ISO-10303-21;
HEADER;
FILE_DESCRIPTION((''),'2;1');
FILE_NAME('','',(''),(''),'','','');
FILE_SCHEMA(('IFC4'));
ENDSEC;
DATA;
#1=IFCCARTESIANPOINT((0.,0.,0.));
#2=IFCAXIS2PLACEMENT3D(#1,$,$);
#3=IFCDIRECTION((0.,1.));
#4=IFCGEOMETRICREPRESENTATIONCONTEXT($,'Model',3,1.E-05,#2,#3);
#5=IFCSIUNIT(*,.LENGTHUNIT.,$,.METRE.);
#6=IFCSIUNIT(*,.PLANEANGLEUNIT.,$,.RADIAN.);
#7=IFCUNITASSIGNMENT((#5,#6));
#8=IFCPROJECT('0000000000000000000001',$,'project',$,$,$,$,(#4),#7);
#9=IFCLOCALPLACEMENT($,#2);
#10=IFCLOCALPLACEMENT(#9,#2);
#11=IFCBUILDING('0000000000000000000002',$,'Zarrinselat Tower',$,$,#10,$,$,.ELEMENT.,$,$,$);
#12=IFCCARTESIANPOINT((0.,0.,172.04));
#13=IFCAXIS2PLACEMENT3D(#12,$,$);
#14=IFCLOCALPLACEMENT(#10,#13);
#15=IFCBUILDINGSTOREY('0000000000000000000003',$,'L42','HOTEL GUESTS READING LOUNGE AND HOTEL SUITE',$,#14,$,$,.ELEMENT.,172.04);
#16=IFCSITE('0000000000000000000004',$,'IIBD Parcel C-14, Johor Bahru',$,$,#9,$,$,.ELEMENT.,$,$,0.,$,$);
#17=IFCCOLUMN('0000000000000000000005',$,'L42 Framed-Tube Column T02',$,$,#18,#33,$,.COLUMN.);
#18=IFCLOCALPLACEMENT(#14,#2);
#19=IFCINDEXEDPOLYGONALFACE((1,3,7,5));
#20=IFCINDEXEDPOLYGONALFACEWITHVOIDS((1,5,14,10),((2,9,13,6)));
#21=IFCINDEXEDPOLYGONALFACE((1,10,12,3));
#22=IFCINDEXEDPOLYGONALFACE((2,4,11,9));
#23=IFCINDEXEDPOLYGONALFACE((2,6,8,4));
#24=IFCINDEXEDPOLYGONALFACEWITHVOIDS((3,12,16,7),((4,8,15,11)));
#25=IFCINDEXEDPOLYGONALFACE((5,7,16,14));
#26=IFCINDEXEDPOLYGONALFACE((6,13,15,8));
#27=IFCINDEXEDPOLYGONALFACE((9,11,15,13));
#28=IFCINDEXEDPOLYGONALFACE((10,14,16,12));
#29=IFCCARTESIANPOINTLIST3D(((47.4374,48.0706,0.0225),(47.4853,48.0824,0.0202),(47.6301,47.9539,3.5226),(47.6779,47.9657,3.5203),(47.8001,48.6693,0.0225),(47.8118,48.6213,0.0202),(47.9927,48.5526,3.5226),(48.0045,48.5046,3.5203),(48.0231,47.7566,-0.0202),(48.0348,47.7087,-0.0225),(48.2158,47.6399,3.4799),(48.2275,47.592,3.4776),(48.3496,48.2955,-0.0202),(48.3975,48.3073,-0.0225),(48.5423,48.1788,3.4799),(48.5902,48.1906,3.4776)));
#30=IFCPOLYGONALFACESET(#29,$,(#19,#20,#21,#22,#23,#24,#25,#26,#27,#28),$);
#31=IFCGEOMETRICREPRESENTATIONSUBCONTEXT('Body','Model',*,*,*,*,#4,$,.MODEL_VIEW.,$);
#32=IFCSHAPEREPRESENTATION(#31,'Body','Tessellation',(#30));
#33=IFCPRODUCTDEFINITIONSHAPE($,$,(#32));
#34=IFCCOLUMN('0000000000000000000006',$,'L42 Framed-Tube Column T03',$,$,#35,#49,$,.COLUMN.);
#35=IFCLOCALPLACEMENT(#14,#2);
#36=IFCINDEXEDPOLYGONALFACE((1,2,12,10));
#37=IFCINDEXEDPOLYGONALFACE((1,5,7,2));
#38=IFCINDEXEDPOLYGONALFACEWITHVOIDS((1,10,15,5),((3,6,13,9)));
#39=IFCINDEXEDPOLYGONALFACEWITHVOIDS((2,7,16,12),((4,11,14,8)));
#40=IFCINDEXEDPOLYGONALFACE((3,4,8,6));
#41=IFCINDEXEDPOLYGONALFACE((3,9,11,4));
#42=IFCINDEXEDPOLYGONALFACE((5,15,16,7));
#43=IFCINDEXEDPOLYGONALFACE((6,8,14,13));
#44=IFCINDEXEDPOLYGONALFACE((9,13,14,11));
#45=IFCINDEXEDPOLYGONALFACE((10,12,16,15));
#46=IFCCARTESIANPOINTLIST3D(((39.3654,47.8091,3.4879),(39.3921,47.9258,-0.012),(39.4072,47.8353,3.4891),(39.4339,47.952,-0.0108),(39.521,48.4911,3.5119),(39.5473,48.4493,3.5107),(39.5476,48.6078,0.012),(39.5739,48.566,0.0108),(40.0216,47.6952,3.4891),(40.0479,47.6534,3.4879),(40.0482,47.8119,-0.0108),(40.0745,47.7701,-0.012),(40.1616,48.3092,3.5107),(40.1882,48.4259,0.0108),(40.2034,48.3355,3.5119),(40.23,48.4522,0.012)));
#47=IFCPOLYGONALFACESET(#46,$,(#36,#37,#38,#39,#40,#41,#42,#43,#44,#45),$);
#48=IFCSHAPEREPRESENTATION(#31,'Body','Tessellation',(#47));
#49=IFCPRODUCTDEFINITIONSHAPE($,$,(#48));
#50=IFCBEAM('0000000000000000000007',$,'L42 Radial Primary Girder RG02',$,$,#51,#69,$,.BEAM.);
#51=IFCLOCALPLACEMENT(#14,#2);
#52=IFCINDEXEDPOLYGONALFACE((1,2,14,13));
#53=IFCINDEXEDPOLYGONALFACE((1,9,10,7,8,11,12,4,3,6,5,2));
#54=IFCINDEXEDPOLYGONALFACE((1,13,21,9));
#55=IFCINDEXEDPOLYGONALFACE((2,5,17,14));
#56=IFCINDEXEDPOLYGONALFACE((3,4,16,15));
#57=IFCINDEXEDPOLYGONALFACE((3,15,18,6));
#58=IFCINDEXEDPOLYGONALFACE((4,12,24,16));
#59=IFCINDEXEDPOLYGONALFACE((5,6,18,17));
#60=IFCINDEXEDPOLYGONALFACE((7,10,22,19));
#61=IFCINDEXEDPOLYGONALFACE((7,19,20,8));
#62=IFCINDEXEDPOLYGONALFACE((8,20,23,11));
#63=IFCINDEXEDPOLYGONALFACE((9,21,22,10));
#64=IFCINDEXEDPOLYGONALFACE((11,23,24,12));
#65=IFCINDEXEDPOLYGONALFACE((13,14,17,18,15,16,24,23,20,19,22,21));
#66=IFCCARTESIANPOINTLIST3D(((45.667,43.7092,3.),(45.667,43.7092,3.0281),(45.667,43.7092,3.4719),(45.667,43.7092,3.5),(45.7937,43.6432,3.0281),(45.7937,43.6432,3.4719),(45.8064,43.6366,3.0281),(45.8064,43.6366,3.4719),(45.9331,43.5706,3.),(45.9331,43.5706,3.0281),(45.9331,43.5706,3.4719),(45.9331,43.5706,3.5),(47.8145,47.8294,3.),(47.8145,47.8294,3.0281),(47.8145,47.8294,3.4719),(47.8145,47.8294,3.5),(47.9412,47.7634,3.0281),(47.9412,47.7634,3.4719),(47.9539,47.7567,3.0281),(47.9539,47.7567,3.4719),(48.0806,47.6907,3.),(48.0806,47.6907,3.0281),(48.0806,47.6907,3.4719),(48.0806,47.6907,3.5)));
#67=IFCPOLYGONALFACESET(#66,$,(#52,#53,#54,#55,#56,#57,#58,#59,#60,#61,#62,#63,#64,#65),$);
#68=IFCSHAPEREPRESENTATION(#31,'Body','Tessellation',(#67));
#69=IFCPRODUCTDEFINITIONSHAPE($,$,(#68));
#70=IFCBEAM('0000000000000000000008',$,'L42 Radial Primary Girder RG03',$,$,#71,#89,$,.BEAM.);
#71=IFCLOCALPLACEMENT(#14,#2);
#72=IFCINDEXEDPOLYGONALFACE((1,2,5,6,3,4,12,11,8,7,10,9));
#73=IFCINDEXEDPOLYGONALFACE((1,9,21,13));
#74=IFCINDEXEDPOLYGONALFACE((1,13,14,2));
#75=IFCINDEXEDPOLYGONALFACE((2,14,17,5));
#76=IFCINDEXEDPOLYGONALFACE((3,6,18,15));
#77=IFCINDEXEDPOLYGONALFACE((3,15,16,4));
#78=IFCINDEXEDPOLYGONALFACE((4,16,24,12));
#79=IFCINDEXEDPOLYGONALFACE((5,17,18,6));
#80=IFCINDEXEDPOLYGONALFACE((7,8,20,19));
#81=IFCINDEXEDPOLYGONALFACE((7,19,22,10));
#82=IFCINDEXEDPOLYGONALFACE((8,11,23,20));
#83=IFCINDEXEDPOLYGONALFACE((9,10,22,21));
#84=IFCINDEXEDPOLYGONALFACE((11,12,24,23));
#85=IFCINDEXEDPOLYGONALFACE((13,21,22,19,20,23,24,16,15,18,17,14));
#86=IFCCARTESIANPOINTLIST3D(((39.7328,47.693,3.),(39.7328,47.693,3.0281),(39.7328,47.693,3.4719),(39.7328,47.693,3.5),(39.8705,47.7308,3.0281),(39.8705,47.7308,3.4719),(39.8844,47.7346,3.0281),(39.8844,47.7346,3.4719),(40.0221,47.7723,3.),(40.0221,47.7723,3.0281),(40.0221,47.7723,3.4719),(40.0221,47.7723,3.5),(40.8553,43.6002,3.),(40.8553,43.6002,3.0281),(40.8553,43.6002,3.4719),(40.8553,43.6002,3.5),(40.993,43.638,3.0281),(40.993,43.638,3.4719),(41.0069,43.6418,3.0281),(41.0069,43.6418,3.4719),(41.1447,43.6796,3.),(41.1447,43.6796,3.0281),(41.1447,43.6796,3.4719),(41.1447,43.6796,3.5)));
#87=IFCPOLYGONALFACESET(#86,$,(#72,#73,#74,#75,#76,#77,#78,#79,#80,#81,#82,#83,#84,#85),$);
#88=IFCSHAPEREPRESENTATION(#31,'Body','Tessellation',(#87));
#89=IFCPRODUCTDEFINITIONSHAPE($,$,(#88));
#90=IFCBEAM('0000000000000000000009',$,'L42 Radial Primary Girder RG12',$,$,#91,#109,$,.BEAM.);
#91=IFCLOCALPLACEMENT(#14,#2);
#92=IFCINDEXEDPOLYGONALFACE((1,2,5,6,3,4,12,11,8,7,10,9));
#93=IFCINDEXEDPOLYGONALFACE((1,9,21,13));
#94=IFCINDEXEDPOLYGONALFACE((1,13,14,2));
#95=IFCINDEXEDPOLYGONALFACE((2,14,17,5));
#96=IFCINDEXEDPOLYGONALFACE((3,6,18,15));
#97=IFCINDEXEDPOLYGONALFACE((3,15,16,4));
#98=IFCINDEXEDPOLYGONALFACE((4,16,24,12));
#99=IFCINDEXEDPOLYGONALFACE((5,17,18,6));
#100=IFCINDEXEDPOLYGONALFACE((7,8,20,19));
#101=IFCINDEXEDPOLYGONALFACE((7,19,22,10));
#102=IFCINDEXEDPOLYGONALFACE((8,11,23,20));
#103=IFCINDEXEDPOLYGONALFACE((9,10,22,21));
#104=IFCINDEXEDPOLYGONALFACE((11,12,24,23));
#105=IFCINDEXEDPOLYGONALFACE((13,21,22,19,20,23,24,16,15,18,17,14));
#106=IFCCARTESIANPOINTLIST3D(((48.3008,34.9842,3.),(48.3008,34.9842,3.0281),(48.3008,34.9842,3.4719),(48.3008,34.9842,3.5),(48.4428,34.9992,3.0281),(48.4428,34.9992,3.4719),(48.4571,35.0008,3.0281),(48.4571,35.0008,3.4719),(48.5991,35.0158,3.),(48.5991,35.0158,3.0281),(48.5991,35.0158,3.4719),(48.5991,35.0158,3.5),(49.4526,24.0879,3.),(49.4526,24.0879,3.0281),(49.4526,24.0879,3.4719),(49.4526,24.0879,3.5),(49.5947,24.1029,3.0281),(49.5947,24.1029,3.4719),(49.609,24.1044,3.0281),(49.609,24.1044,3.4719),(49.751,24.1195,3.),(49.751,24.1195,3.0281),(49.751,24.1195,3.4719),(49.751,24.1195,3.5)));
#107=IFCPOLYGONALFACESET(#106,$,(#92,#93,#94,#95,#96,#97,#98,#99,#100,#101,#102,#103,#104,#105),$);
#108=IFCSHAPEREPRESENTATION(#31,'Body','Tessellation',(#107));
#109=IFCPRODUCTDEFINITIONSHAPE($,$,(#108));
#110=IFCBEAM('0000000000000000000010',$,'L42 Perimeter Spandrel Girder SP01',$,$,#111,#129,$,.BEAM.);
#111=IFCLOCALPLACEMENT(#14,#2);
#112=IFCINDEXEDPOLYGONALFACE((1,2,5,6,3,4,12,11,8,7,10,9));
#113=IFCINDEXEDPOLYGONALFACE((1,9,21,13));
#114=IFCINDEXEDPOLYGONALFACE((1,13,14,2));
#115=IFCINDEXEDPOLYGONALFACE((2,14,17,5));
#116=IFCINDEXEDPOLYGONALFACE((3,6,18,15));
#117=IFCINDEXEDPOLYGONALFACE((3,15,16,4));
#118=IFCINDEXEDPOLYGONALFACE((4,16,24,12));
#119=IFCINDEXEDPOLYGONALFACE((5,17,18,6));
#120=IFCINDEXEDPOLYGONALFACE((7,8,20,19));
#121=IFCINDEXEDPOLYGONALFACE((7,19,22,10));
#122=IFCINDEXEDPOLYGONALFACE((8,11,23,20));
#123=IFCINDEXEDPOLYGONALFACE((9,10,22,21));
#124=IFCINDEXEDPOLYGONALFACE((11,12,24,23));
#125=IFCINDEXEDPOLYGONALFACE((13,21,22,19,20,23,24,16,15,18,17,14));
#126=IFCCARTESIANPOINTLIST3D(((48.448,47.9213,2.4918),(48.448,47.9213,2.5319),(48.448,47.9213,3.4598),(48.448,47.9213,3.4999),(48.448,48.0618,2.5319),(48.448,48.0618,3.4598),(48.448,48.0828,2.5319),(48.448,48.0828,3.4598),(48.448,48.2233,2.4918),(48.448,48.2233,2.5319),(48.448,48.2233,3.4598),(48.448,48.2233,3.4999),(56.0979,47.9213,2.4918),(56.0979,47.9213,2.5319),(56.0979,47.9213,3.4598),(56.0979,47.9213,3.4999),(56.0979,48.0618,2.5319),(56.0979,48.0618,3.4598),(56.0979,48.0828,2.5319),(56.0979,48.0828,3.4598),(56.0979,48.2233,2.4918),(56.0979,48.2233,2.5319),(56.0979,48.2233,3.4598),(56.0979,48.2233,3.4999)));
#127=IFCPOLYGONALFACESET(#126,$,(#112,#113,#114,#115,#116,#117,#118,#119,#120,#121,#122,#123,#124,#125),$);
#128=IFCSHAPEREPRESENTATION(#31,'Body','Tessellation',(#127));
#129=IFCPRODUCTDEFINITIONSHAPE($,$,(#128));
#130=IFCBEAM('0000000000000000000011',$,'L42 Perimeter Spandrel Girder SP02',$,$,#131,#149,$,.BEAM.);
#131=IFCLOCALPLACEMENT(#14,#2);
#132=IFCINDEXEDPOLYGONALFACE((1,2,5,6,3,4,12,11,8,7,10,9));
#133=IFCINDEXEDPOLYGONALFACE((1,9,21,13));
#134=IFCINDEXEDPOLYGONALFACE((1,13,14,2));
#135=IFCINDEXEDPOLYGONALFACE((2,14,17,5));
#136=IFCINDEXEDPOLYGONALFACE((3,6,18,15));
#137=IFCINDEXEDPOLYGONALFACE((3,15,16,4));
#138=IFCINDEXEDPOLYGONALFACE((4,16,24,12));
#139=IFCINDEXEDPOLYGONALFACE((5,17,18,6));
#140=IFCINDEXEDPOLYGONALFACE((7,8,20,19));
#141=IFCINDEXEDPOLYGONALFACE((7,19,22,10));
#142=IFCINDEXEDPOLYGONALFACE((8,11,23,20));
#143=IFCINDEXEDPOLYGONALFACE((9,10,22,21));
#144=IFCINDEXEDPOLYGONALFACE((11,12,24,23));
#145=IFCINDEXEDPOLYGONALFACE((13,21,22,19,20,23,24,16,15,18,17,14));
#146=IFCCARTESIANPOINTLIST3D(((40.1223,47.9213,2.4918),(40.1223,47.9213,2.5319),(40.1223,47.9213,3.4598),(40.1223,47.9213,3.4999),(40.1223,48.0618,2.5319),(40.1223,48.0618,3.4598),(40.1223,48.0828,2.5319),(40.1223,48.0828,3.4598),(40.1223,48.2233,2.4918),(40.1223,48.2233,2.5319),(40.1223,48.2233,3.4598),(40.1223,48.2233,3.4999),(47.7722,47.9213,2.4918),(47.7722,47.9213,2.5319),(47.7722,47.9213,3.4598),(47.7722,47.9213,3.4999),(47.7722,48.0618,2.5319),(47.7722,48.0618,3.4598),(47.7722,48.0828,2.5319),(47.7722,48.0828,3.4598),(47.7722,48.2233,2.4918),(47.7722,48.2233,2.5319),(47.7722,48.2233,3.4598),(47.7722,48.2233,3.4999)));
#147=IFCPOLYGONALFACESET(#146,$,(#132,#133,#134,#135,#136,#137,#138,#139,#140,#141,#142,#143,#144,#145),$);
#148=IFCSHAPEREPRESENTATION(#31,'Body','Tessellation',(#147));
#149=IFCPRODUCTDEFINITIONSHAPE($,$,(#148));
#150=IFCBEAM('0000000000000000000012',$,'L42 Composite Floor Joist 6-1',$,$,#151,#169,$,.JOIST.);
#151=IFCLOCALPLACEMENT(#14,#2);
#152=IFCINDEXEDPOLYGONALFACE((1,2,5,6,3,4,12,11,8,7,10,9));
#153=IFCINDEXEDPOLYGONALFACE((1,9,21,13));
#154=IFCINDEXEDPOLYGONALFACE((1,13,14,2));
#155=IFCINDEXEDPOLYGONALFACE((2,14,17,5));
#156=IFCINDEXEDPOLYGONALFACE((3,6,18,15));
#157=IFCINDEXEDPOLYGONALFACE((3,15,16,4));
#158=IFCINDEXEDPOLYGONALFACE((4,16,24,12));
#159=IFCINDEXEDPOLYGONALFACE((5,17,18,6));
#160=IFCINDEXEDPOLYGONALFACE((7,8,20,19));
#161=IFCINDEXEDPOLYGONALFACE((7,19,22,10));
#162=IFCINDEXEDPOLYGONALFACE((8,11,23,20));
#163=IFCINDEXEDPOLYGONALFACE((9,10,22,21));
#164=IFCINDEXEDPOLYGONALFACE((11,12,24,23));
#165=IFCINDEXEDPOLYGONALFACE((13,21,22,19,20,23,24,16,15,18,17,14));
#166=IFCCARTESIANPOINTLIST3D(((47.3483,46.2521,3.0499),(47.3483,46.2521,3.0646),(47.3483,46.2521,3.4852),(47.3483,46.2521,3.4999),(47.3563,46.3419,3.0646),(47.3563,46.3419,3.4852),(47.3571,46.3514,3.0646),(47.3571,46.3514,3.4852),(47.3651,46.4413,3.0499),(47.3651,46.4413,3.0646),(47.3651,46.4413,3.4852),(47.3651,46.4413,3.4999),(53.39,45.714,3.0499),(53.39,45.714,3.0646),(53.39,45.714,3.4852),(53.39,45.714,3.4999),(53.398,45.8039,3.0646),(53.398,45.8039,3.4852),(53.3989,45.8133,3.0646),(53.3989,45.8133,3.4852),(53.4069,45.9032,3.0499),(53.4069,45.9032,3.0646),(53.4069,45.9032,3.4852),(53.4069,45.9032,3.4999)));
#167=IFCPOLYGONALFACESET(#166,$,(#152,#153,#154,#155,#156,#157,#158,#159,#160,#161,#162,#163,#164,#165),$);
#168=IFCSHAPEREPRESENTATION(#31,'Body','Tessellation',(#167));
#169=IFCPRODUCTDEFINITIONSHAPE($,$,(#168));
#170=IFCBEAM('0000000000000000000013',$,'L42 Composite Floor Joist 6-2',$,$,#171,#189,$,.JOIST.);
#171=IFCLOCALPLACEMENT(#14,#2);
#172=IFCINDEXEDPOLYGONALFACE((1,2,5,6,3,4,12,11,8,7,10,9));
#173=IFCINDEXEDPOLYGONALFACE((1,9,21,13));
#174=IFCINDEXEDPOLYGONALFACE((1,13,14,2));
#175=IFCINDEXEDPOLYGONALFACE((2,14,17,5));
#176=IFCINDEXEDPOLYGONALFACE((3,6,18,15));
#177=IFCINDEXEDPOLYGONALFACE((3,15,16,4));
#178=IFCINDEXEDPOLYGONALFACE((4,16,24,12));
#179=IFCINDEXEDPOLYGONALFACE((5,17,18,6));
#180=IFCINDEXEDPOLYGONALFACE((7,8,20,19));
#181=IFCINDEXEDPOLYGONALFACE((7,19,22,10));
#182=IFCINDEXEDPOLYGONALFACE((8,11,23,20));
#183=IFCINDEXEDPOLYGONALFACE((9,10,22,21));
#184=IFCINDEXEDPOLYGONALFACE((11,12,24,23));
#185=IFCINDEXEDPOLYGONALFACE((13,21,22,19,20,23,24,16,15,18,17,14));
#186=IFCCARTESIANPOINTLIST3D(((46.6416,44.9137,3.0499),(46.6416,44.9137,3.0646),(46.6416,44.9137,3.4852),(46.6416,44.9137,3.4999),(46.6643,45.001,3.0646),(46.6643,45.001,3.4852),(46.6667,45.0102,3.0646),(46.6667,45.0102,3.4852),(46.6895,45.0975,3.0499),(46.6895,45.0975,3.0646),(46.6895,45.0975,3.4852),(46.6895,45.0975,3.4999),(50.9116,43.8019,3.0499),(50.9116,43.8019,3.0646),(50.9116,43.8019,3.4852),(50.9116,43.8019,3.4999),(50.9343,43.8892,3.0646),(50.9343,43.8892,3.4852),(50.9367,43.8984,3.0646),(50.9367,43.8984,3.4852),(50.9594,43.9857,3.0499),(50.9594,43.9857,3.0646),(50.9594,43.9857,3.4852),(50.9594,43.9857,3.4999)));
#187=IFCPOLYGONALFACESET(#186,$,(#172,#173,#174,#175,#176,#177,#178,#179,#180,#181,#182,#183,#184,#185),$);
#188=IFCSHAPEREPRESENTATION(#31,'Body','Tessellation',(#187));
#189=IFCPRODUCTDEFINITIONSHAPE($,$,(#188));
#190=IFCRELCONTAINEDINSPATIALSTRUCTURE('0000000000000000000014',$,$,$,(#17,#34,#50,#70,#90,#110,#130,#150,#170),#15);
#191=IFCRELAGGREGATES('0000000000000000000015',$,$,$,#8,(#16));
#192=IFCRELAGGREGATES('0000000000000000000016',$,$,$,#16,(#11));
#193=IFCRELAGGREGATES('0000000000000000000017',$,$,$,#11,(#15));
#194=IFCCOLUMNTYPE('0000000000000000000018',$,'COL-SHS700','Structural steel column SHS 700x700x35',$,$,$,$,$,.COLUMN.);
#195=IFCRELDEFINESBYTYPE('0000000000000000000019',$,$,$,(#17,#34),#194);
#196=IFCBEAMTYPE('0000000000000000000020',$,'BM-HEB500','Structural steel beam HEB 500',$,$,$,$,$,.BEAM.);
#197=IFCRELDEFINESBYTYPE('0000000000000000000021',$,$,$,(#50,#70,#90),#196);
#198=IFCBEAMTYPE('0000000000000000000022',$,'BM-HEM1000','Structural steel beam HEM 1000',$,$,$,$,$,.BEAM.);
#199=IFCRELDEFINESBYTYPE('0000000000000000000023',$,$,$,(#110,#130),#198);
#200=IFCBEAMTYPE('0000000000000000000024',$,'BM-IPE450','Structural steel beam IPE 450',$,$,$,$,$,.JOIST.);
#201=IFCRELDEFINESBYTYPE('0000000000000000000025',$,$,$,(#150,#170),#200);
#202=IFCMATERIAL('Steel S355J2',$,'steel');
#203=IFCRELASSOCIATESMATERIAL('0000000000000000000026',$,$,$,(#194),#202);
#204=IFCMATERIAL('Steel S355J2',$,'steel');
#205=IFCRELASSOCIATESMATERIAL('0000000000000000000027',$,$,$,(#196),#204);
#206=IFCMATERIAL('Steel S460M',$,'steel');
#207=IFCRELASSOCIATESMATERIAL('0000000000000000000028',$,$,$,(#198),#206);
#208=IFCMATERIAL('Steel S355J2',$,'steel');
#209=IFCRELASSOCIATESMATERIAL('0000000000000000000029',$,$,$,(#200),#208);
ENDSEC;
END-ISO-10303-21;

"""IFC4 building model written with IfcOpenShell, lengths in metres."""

from ifc_helpers import new_model, si_unit, direction, frame, origin, origin_2d, place, context, subcontext, project, spatial, hollow_rectangle, i_section, extrude, material, material_profile, profile_set, type_object, element, save


model = new_model("IFC4")

# Units and contexts
model_context = context("Model", 3, precision=1e-05, world=origin(), true_north=direction((0.0, 1.0)))
body_context = subcontext(model_context, "Body", "Model", "MODEL_VIEW")
ifc_project = project(units=[si_unit("LENGTHUNIT", "METRE"), si_unit("PLANEANGLEUNIT", "RADIAN")], contexts=[model_context])

# Site, building, storey
site_placement = place(None, origin())
site = spatial("IfcSite", under=ifc_project, at=site_placement, Name="IIBD Parcel C-14, Johor Bahru", CompositionType="ELEMENT", RefElevation=0.0)
building_placement = place(site_placement, origin())
building = spatial("IfcBuilding", under=site, at=building_placement, Name="Zarrinselat Tower", CompositionType="ELEMENT")
storey_placement = place(building_placement, frame((0.0, 0.0, 172.04)))
storey = spatial("IfcBuildingStorey", under=building, at=storey_placement, Name="L42", Description="HOTEL GUESTS READING LOUNGE AND HOTEL SUITE", CompositionType="ELEMENT", Elevation=172.04)

# Columns
ifc_material_1 = material(Name="Steel S355J2", Category="steel")
ifc_material_profile_1 = material_profile(ifc_material_1, hollow_rectangle(XDim=0.7, YDim=0.7, WallThickness=0.0349, at=origin_2d()), Name="SHS 700x700x35")
ifc_profile_set_1 = profile_set([ifc_material_profile_1], Name="Steel S355J2")
column_type = type_object("IfcColumnType", Name="COL-SHS700", Description="Structural steel column SHS 700x700x35", PredefinedType="COLUMN", material=ifc_profile_set_1)
column_1_placement = place(storey_placement, frame((47.9175, 48.189, 0.0), z_axis=(0.054923, -0.033274, 0.997936), x_axis=(0.518158, 0.855285, 0.0)))
element("IfcColumn", 1, at=column_1_placement, inside=storey, type_object=column_type, Name="L42 Framed-Tube Column T02", PredefinedType="COLUMN", context=body_context, shape_type="SweptSolid", body=[
    extrude(hollow_rectangle(XDim=0.7, YDim=0.7, WallThickness=0.0349, at=origin_2d()), origin(), (0.0, 0.0, 1.0), 3.5073),
])
column_2_placement = place(storey_placement, frame((39.811, 48.189, 0.0), z_axis=(-0.007599, -0.033323, 0.999416), x_axis=(0.974972, -0.222326, 0.0)))
element("IfcColumn", 2, at=column_2_placement, inside=storey, type_object=column_type, Name="L42 Framed-Tube Column T03", PredefinedType="COLUMN", context=body_context, shape_type="SweptSolid", body=[
    extrude(hollow_rectangle(XDim=0.7, YDim=0.7, WallThickness=0.0349, at=origin_2d()), origin(), (0.0, 0.0, 1.0), 3.502),
])

# Beams
ifc_material_2 = material(Name="Steel S355J2", Category="steel")
ifc_material_profile_2 = material_profile(ifc_material_2, i_section(OverallWidth=0.3, OverallDepth=0.5, WebThickness=0.0144, FlangeThickness=0.0281, at=origin_2d()), Name="HEB 500")
ifc_profile_set_2 = profile_set([ifc_material_profile_2], Name="Steel S355J2")
beam_type_1 = type_object("IfcBeamType", Name="BM-HEB500", Description="Structural steel beam HEB 500", PredefinedType="BEAM", material=ifc_profile_set_2)
beam_1_placement = place(storey_placement, frame((45.8, 43.6399, 3.25), z_axis=(0.4622, 0.886776, 0.0), x_axis=(-0.886776, 0.4622, 0.0)))
element("IfcBeam", 3, at=beam_1_placement, inside=storey, type_object=beam_type_1, Name="L42 Radial Primary Girder RG02", PredefinedType="BEAM", context=body_context, shape_type="SweptSolid", body=[
    extrude(i_section(OverallWidth=0.3, OverallDepth=0.5, WebThickness=0.0144, FlangeThickness=0.0281, at=origin_2d()), origin(), (0.0, 0.0, 1.0), 4.6462),
])
beam_2_placement = place(storey_placement, frame((39.8774, 47.7327, 3.25), z_axis=(0.264509, -0.964383, 0.0), x_axis=(0.964383, 0.264509, 0.0)))
element("IfcBeam", 4, at=beam_2_placement, inside=storey, type_object=beam_type_1, Name="L42 Radial Primary Girder RG03", PredefinedType="BEAM", context=body_context, shape_type="SweptSolid", body=[
    extrude(i_section(OverallWidth=0.3, OverallDepth=0.5, WebThickness=0.0144, FlangeThickness=0.0281, at=origin_2d()), origin(), (0.0, 0.0, 1.0), 4.2439),
])
beam_3_placement = place(storey_placement, frame((48.45, 35.0, 3.25), z_axis=(0.105126, -0.994459, 0.0), x_axis=(0.994459, 0.105126, 0.0)))
element("IfcBeam", 5, at=beam_3_placement, inside=storey, type_object=beam_type_1, Name="L42 Radial Primary Girder RG12", PredefinedType="BEAM", context=body_context, shape_type="SweptSolid", body=[
    extrude(i_section(OverallWidth=0.3, OverallDepth=0.5, WebThickness=0.0144, FlangeThickness=0.0281, at=origin_2d()), origin(), (0.0, 0.0, 1.0), 10.957),
])
ifc_material_3 = material(Name="Steel S460M", Category="steel")
ifc_material_profile_3 = material_profile(ifc_material_3, i_section(OverallWidth=0.302, OverallDepth=1.0081, WebThickness=0.021, FlangeThickness=0.04, at=origin_2d()), Name="HEM 1000")
ifc_profile_set_3 = profile_set([ifc_material_profile_3], Name="Steel S460M")
beam_type_2 = type_object("IfcBeamType", Name="BM-HEM1000", Description="Structural steel beam HEM 1000", PredefinedType="BEAM", material=ifc_profile_set_3)
for number, where, z_axis, x_axis, name in (
    (6, (48.448, 48.0723, 2.9958), (1.0, 0.0, 0.0), (0.0, 1.0, 0.0), "L42 Perimeter Spandrel Girder SP01"),
    (7, (40.1223, 48.0723, 2.9958), (1.0, 0.0, 0.0), (0.0, 1.0, 0.0), "L42 Perimeter Spandrel Girder SP02"),
):
    element("IfcBeam", number, at=place(storey_placement, frame(where, z_axis=z_axis, x_axis=x_axis)), inside=storey, type_object=beam_type_2, Name=name, PredefinedType="BEAM", context=body_context, shape_type="SweptSolid", body=[
        extrude(i_section(OverallWidth=0.302, OverallDepth=1.0081, WebThickness=0.021, FlangeThickness=0.04, at=origin_2d()), origin(), (0.0, 0.0, 1.0), 7.6499),
    ])
ifc_material_4 = material(Name="Steel S355J2", Category="steel")
ifc_material_profile_4 = material_profile(ifc_material_4, i_section(OverallWidth=0.1899, OverallDepth=0.45, WebThickness=0.0095, FlangeThickness=0.0146, at=origin_2d()), Name="IPE 450")
ifc_profile_set_4 = profile_set([ifc_material_profile_4], Name="Steel S355J2")
beam_type_3 = type_object("IfcBeamType", Name="BM-IPE450", Description="Structural steel beam IPE 450", PredefinedType="JOIST", material=ifc_profile_set_4)
beam_4_placement = place(storey_placement, frame((47.3567, 46.3467, 3.2749), z_axis=(0.996057, -0.08871, 0.0), x_axis=(0.08871, 0.996057, 0.0)))
element("IfcBeam", 8, at=beam_4_placement, inside=storey, type_object=beam_type_3, Name="L42 Composite Floor Joist 6-1", PredefinedType="JOIST", context=body_context, shape_type="SweptSolid", body=[
    extrude(i_section(OverallWidth=0.1899, OverallDepth=0.45, WebThickness=0.0095, FlangeThickness=0.0146, at=origin_2d()), origin(), (0.0, 0.0, 1.0), 6.0657),
])
beam_5_placement = place(storey_placement, frame((46.6655, 45.0056, 3.2749), z_axis=(0.967734, -0.251976, 0.0), x_axis=(0.251976, 0.967734, 0.0)))
element("IfcBeam", 9, at=beam_5_placement, inside=storey, type_object=beam_type_3, Name="L42 Composite Floor Joist 6-2", PredefinedType="JOIST", context=body_context, shape_type="SweptSolid", body=[
    extrude(i_section(OverallWidth=0.1899, OverallDepth=0.45, WebThickness=0.0095, FlangeThickness=0.0146, at=origin_2d()), origin(), (0.0, 0.0, 1.0), 4.4124),
])

save(model, "model.ifc")
